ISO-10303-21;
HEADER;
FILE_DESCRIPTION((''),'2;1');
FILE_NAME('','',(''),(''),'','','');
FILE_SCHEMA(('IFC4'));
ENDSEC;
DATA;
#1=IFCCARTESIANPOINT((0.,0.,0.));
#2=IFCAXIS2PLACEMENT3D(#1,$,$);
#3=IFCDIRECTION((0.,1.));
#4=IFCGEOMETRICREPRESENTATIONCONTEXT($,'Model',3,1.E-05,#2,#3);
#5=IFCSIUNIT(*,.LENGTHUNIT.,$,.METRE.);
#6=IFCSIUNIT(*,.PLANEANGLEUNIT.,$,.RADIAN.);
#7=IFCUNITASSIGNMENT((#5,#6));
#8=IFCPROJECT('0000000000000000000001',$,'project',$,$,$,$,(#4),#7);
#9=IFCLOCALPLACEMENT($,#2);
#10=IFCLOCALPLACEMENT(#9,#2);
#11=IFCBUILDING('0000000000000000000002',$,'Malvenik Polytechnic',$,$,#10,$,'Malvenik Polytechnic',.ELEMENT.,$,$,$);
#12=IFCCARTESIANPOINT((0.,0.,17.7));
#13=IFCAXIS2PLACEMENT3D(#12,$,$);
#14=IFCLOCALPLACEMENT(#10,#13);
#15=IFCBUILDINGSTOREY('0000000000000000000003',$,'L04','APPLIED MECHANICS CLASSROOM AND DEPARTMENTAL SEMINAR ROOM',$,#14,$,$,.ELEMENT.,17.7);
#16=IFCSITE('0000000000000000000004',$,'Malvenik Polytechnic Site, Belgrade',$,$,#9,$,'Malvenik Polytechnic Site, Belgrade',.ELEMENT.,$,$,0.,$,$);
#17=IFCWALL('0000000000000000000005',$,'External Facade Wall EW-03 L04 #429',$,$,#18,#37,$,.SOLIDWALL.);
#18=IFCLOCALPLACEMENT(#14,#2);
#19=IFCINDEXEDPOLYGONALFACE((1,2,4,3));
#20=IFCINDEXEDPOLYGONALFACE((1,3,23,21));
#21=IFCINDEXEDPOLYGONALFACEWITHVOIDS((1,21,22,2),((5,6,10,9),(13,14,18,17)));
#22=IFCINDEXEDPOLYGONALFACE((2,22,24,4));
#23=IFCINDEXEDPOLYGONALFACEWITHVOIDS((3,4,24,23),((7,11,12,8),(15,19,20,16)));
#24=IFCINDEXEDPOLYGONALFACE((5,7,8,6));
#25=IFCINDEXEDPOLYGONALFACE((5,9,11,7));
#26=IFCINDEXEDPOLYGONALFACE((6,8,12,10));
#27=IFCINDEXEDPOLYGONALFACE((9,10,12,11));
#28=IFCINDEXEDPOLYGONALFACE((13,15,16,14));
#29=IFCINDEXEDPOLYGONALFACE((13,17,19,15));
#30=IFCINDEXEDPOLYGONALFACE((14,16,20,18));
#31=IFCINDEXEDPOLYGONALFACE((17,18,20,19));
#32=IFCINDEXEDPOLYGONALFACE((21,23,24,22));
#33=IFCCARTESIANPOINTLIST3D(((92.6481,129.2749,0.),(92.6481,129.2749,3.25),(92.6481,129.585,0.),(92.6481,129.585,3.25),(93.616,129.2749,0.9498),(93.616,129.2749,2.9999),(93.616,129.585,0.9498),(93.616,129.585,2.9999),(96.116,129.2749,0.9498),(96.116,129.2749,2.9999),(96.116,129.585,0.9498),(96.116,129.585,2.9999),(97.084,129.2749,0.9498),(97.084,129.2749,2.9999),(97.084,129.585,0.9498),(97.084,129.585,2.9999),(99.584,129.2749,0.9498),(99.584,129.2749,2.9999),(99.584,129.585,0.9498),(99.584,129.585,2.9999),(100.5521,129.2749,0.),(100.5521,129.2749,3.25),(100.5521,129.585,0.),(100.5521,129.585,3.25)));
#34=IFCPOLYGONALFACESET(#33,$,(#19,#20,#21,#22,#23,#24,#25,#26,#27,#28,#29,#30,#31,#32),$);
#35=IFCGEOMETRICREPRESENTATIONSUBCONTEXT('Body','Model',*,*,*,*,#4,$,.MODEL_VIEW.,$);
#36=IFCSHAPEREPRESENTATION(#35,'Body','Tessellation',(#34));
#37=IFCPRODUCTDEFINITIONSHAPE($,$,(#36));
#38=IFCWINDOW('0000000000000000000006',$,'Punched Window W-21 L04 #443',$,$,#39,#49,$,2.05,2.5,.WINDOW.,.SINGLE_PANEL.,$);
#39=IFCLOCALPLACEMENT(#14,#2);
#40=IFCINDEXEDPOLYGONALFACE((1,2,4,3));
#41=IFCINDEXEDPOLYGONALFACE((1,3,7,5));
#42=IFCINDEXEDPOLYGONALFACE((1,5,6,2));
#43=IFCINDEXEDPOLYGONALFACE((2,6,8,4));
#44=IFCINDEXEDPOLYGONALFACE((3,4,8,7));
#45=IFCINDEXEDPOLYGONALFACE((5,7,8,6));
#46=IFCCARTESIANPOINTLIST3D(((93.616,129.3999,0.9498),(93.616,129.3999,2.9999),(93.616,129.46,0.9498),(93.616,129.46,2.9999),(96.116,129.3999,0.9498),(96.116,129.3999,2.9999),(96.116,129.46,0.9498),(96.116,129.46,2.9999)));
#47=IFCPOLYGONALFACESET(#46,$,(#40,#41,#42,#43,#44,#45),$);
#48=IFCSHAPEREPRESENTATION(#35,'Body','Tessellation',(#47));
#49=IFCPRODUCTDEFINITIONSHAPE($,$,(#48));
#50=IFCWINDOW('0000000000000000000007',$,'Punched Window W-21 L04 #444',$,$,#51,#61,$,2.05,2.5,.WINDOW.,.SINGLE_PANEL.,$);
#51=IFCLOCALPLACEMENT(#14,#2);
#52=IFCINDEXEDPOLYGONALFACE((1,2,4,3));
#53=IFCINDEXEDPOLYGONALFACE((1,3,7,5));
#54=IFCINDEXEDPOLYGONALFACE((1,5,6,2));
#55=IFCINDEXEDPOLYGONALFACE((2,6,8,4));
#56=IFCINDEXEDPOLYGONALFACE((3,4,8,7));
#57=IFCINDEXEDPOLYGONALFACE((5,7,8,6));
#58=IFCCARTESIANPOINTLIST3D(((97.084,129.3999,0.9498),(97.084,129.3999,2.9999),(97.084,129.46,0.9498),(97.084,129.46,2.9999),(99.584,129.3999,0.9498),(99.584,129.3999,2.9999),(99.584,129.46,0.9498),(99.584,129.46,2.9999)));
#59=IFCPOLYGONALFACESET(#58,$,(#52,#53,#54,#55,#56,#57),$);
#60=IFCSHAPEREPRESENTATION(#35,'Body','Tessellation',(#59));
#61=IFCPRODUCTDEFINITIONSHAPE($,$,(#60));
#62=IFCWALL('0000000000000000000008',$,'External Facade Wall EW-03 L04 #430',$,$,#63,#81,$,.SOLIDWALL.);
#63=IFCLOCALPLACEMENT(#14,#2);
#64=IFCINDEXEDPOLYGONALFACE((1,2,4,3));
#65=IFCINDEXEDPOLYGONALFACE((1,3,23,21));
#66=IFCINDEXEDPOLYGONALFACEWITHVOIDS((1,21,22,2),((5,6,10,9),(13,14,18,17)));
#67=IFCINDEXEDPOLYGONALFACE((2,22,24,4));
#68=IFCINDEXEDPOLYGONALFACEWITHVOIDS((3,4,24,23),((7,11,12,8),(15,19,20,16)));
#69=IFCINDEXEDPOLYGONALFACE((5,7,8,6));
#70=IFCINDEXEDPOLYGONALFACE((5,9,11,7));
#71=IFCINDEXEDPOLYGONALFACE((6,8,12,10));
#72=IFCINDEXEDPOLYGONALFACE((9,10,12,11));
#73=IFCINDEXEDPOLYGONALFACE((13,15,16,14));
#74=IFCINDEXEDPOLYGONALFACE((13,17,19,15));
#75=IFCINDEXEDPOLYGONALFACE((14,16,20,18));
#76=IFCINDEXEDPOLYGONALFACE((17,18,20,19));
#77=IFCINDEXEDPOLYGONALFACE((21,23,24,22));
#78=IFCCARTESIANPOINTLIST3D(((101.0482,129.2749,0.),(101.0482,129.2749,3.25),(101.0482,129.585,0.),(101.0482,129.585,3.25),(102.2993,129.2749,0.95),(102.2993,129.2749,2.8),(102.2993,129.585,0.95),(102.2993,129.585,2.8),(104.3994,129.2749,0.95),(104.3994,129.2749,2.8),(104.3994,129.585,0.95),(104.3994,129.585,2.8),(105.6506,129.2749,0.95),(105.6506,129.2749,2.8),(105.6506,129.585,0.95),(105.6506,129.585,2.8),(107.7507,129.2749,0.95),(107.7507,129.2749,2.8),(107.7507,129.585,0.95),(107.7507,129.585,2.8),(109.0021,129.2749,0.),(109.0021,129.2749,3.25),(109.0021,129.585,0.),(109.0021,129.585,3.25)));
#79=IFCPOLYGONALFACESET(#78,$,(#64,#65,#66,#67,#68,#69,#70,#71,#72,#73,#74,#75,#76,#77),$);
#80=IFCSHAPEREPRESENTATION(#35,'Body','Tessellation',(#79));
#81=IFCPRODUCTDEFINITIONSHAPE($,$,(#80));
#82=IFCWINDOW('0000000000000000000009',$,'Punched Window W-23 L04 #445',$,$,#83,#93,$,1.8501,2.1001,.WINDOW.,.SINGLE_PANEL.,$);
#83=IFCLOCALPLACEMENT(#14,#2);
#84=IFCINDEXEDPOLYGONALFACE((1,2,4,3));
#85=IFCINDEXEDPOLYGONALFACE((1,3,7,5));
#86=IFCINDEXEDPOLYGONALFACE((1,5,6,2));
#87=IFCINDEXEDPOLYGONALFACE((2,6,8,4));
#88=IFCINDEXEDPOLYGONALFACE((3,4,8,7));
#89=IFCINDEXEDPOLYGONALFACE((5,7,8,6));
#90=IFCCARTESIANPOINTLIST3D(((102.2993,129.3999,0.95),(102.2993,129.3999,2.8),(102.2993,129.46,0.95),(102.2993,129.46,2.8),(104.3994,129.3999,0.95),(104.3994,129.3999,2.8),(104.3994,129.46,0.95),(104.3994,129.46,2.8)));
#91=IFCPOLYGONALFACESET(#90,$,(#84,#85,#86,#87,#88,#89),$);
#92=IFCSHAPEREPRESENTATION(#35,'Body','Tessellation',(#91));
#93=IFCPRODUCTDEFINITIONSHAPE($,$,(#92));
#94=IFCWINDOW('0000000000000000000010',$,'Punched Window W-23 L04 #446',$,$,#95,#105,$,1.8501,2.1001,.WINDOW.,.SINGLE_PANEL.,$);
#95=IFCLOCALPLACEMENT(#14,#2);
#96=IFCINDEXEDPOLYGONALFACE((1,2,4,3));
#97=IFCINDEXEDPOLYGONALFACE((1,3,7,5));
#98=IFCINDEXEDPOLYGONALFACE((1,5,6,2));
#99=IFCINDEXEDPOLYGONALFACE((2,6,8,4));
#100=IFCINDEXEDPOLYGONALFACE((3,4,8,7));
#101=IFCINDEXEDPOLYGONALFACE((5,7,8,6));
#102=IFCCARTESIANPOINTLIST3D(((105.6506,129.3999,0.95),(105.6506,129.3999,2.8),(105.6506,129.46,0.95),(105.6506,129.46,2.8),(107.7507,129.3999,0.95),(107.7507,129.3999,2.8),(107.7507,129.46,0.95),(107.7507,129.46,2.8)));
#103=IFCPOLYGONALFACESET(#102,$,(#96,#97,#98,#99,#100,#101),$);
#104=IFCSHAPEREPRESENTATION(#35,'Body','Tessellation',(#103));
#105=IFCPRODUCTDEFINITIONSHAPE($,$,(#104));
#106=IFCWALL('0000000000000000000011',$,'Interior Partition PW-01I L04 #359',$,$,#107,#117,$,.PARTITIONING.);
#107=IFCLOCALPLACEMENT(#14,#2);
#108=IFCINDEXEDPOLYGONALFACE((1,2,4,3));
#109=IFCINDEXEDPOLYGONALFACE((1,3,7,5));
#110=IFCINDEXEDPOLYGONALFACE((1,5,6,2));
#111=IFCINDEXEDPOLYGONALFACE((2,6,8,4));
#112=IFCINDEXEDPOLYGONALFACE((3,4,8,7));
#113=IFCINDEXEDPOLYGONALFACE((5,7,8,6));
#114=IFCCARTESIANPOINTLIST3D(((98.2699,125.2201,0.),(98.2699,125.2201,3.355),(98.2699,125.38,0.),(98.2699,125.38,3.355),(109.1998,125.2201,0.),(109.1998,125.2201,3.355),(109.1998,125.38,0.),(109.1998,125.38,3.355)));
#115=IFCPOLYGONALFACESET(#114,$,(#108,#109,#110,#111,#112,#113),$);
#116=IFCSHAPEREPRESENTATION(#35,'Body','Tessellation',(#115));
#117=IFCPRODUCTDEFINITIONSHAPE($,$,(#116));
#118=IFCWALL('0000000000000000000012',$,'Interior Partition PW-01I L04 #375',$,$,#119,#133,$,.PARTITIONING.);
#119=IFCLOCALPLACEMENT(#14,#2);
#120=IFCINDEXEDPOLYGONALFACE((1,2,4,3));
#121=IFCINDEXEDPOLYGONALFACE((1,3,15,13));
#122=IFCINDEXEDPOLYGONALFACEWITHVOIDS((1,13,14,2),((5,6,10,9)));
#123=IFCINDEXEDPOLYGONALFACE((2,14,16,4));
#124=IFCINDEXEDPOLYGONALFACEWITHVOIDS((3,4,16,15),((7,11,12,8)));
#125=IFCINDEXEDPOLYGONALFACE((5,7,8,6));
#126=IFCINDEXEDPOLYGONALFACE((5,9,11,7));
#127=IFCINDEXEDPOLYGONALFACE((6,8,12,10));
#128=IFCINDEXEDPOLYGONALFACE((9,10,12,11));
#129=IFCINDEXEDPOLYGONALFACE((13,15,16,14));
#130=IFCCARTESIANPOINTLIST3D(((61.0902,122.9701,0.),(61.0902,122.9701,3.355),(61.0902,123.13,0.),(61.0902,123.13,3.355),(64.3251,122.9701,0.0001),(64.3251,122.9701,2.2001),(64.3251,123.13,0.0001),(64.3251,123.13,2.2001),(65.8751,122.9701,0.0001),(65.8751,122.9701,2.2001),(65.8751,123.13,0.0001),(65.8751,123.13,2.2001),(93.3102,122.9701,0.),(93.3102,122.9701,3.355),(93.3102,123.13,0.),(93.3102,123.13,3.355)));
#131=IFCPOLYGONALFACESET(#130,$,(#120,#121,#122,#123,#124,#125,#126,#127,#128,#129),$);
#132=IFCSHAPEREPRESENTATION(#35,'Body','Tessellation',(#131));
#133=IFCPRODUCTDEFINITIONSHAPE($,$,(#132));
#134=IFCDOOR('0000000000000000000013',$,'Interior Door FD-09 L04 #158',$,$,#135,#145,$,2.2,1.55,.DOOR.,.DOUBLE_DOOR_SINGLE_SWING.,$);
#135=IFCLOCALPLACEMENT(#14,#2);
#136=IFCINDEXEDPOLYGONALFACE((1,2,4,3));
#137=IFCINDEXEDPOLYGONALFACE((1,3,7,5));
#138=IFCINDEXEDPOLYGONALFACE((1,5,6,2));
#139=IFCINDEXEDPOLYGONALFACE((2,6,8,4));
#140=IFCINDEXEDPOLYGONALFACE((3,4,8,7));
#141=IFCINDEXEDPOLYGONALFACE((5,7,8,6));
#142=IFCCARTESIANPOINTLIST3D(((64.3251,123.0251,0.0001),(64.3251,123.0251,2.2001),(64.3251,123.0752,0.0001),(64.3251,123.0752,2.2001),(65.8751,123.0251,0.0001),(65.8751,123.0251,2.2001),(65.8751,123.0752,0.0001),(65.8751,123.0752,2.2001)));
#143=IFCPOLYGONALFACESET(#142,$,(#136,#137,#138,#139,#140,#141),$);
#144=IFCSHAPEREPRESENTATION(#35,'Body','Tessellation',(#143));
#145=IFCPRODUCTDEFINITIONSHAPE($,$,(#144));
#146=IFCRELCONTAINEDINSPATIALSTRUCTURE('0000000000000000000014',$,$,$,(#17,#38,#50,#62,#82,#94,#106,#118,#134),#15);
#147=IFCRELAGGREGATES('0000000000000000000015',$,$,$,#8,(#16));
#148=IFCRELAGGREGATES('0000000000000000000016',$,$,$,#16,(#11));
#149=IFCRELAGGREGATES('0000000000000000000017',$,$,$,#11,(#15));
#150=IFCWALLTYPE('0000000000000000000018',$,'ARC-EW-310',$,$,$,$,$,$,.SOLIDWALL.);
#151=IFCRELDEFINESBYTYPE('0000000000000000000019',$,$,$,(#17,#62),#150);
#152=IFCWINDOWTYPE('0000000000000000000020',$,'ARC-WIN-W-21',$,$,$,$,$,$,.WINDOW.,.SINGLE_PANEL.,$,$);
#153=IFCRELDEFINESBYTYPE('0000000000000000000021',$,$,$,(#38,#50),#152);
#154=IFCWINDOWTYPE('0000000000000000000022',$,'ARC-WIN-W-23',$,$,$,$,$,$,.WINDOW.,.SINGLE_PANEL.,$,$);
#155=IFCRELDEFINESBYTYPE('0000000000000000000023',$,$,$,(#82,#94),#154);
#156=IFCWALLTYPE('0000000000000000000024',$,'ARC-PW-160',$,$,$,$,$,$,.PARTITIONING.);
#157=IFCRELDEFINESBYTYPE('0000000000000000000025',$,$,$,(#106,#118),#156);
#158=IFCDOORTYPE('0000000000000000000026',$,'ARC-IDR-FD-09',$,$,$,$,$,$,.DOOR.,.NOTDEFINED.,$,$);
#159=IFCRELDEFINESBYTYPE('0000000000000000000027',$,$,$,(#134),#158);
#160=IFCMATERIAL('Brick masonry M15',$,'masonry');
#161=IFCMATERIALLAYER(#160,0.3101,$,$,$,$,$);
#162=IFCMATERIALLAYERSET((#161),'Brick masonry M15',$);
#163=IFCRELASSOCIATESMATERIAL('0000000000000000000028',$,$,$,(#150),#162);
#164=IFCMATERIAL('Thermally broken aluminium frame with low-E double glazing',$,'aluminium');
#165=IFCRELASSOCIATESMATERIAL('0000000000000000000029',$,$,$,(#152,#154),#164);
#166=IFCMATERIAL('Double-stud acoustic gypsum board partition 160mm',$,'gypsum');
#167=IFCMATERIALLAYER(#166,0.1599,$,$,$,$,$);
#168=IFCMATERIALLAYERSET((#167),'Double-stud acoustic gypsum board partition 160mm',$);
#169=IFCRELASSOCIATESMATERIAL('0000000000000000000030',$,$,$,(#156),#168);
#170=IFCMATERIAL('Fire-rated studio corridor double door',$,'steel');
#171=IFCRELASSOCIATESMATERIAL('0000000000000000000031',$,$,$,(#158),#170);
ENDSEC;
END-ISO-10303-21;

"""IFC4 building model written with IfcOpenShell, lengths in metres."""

from ifc_helpers import new_model, si_unit, direction, frame, frame_2d, origin, place, context, subcontext, project, spatial, rectangle, extrude, material, layer, layer_set, type_object, element, fill, save


model = new_model("IFC4")

# Units and contexts
model_context = context("Model", 3, precision=1e-05, world=origin(), true_north=direction((0.0, 1.0)))
body_context = subcontext(model_context, "Body", "Model", "MODEL_VIEW")
ifc_project = project(units=[si_unit("LENGTHUNIT", "METRE"), si_unit("PLANEANGLEUNIT", "RADIAN")], contexts=[model_context])

# Site, building, storey
site_placement = place(None, origin())
site = spatial("IfcSite", under=ifc_project, at=site_placement, Name="Malvenik Polytechnic Site, Belgrade", LongName="Malvenik Polytechnic Site, Belgrade", CompositionType="ELEMENT", RefElevation=0.0)
building_placement = place(site_placement, origin())
building = spatial("IfcBuilding", under=site, at=building_placement, Name="Malvenik Polytechnic", LongName="Malvenik Polytechnic", CompositionType="ELEMENT")
storey_placement = place(building_placement, frame((0.0, 0.0, 17.7)))
storey = spatial("IfcBuildingStorey", under=building, at=storey_placement, Name="L04", Description="APPLIED MECHANICS CLASSROOM AND DEPARTMENTAL SEMINAR ROOM", CompositionType="ELEMENT", Elevation=17.7)

# Walls, openings, windows
ifc_material_1 = material(Name="Brick masonry M15", Category="masonry")
ifc_layer_1 = layer(ifc_material_1, 0.3101)
ifc_layer_set_1 = layer_set([ifc_layer_1], Name="Brick masonry M15")
wall_type_1 = type_object("IfcWallType", Name="ARC-EW-310", PredefinedType="SOLIDWALL", material=ifc_layer_set_1)
wall_1_placement = place(storey_placement, frame((92.6479, 129.4299, 0.0), z_axis=(0.0, 0.0, 1.0), x_axis=(1.0, 0.0, 0.0)))
wall_1 = element("IfcWall", 1, at=wall_1_placement, inside=storey, type_object=wall_type_1, Name="External Facade Wall EW-03 L04 #429", PredefinedType="SOLIDWALL", context=body_context, shape_type="SweptSolid", body=[
    extrude(rectangle(XDim=7.9041, YDim=0.3101, at=frame_2d((3.9521, 0.0))), origin(), (0.0, 0.0, 1.0), 3.25),
])
opening_1_placement = place(wall_1_placement, frame((0.968, 0.0, 0.95)))
opening_1 = element("IfcOpeningElement", 2, at=opening_1_placement, cuts=wall_1, PredefinedType="OPENING", context=body_context, shape_type="SweptSolid", body=[
    extrude(rectangle(XDim=2.5, YDim=2.05, at=frame_2d((1.25, 1.0249))), frame((0.0, 0.165, 0.0), z_axis=(0.0, -1.0, 0.0), x_axis=(1.0, 0.0, 0.0)), (0.0, 0.0, 1.0), 0.3301),
])
opening_2_placement = place(wall_1_placement, frame((4.436, 0.0, 0.95)))
opening_2 = element("IfcOpeningElement", 3, at=opening_2_placement, cuts=wall_1, PredefinedType="OPENING", context=body_context, shape_type="SweptSolid", body=[
    extrude(rectangle(XDim=2.5, YDim=2.05, at=frame_2d((1.25, 1.0249))), frame((0.0, 0.165, 0.0), z_axis=(0.0, -1.0, 0.0), x_axis=(1.0, 0.0, 0.0)), (0.0, 0.0, 1.0), 0.3301),
])
ifc_material_2 = material(Name="Thermally broken aluminium frame with low-E double glazing", Category="aluminium")
window_type_1 = type_object("IfcWindowType", Name="ARC-WIN-W-21", PartitioningType="SINGLE_PANEL", PredefinedType="WINDOW", material=ifc_material_2)
window_1_placement = place(opening_1_placement, origin())
window_1 = element("IfcWindow", 4, at=window_1_placement, inside=storey, type_object=window_type_1, Name="Punched Window W-21 L04 #443", OverallHeight=2.05, OverallWidth=2.5, PartitioningType="SINGLE_PANEL", PredefinedType="WINDOW", context=body_context, shape_type="SweptSolid", body=[
    extrude(rectangle(XDim=2.5, YDim=2.05, at=frame_2d((1.25, 1.0249))), frame((0.0, 0.03, 0.0), z_axis=(0.0, -1.0, 0.0), x_axis=(1.0, 0.0, 0.0)), (0.0, 0.0, 1.0), 0.0601),
])
fill(opening_1, window_1)
window_2_placement = place(opening_2_placement, origin())
window_2 = element("IfcWindow", 5, at=window_2_placement, inside=storey, type_object=window_type_1, Name="Punched Window W-21 L04 #444", OverallHeight=2.05, OverallWidth=2.5, PartitioningType="SINGLE_PANEL", PredefinedType="WINDOW", context=body_context, shape_type="SweptSolid", body=[
    extrude(rectangle(XDim=2.5, YDim=2.05, at=frame_2d((1.25, 1.0249))), frame((0.0, 0.03, 0.0), z_axis=(0.0, -1.0, 0.0), x_axis=(1.0, 0.0, 0.0)), (0.0, 0.0, 1.0), 0.0601),
])
fill(opening_2, window_2)
wall_2_placement = place(storey_placement, frame((101.0481, 129.4299, 0.0), z_axis=(0.0, 0.0, 1.0), x_axis=(1.0, 0.0, 0.0)))
wall_2 = element("IfcWall", 6, at=wall_2_placement, inside=storey, type_object=wall_type_1, Name="External Facade Wall EW-03 L04 #430", PredefinedType="SOLIDWALL", context=body_context, shape_type="SweptSolid", body=[
    extrude(rectangle(XDim=7.9539, YDim=0.3101, at=frame_2d((3.9771, 0.0))), origin(), (0.0, 0.0, 1.0), 3.25),
])
opening_3_placement = place(wall_2_placement, frame((1.2512, 0.0, 0.95)))
opening_3 = element("IfcOpeningElement", 7, at=opening_3_placement, cuts=wall_2, PredefinedType="OPENING", context=body_context, shape_type="SweptSolid", body=[
    extrude(rectangle(XDim=2.1001, YDim=1.8501, at=frame_2d((1.05, 0.925))), frame((0.0, 0.165, 0.0), z_axis=(0.0, -1.0, 0.0), x_axis=(1.0, 0.0, 0.0)), (0.0, 0.0, 1.0), 0.3301),
])
opening_4_placement = place(wall_2_placement, frame((4.6025, 0.0, 0.95)))
opening_4 = element("IfcOpeningElement", 8, at=opening_4_placement, cuts=wall_2, PredefinedType="OPENING", context=body_context, shape_type="SweptSolid", body=[
    extrude(rectangle(XDim=2.1001, YDim=1.8501, at=frame_2d((1.05, 0.925))), frame((0.0, 0.165, 0.0), z_axis=(0.0, -1.0, 0.0), x_axis=(1.0, 0.0, 0.0)), (0.0, 0.0, 1.0), 0.3301),
])
window_type_2 = type_object("IfcWindowType", Name="ARC-WIN-W-23", PartitioningType="SINGLE_PANEL", PredefinedType="WINDOW", material=ifc_material_2)
window_3_placement = place(opening_3_placement, origin())
window_3 = element("IfcWindow", 9, at=window_3_placement, inside=storey, type_object=window_type_2, Name="Punched Window W-23 L04 #445", OverallHeight=1.8501, OverallWidth=2.1001, PartitioningType="SINGLE_PANEL", PredefinedType="WINDOW", context=body_context, shape_type="SweptSolid", body=[
    extrude(rectangle(XDim=2.1001, YDim=1.8501, at=frame_2d((1.05, 0.925))), frame((0.0, 0.03, 0.0), z_axis=(0.0, -1.0, 0.0), x_axis=(1.0, 0.0, 0.0)), (0.0, 0.0, 1.0), 0.0601),
])
fill(opening_3, window_3)
window_4_placement = place(opening_4_placement, origin())
window_4 = element("IfcWindow", 10, at=window_4_placement, inside=storey, type_object=window_type_2, Name="Punched Window W-23 L04 #446", OverallHeight=1.8501, OverallWidth=2.1001, PartitioningType="SINGLE_PANEL", PredefinedType="WINDOW", context=body_context, shape_type="SweptSolid", body=[
    extrude(rectangle(XDim=2.1001, YDim=1.8501, at=frame_2d((1.05, 0.925))), frame((0.0, 0.03, 0.0), z_axis=(0.0, -1.0, 0.0), x_axis=(1.0, 0.0, 0.0)), (0.0, 0.0, 1.0), 0.0601),
])
fill(opening_4, window_4)

# Wall
ifc_material_3 = material(Name="Double-stud acoustic gypsum board partition 160mm", Category="gypsum")
ifc_layer_2 = layer(ifc_material_3, 0.1599)
ifc_layer_set_2 = layer_set([ifc_layer_2], Name="Double-stud acoustic gypsum board partition 160mm")
wall_type_2 = type_object("IfcWallType", Name="ARC-PW-160", PredefinedType="PARTITIONING", material=ifc_layer_set_2)
wall_3_placement = place(storey_placement, frame((98.27, 125.3, 0.0), z_axis=(0.0, 0.0, 1.0), x_axis=(1.0, 0.0, 0.0)))
element("IfcWall", 11, at=wall_3_placement, inside=storey, type_object=wall_type_2, Name="Interior Partition PW-01I L04 #359", PredefinedType="PARTITIONING", context=body_context, shape_type="SweptSolid", body=[
    extrude(rectangle(XDim=10.9299, YDim=0.1599, at=frame_2d((5.4648, 0.0))), origin(), (0.0, 0.0, 1.0), 3.355),
])

# Wall, opening, door
wall_4_placement = place(storey_placement, frame((93.3101, 123.05, 0.0), z_axis=(0.0, 0.0, 1.0), x_axis=(-1.0, 0.0, 0.0)))
wall_4 = element("IfcWall", 12, at=wall_4_placement, inside=storey, type_object=wall_type_2, Name="Interior Partition PW-01I L04 #375", PredefinedType="PARTITIONING", context=body_context, shape_type="SweptSolid", body=[
    extrude(rectangle(XDim=32.22, YDim=0.1599, at=frame_2d((16.1099, 0.0))), origin(), (0.0, 0.0, 1.0), 3.355),
])
opening_5_placement = place(wall_4_placement, frame((27.4351, 0.0, 0.0)))
opening_5 = element("IfcOpeningElement", 13, at=opening_5_placement, cuts=wall_4, PredefinedType="OPENING", context=body_context, shape_type="SweptSolid", body=[
    extrude(rectangle(XDim=1.55, YDim=2.2, at=frame_2d((0.7749, 1.1001))), frame((0.0, 0.0898, 0.0), z_axis=(0.0, -1.0, 0.0), x_axis=(1.0, 0.0, 0.0)), (0.0, 0.0, 1.0), 0.1799),
])
ifc_material_4 = material(Name="Fire-rated studio corridor double door", Category="steel")
door_type_1 = type_object("IfcDoorType", Name="ARC-IDR-FD-09", OperationType="NOTDEFINED", PredefinedType="DOOR", material=ifc_material_4)
door_1_placement = place(opening_5_placement, origin())
door_1 = element("IfcDoor", 14, at=door_1_placement, inside=storey, type_object=door_type_1, Name="Interior Door FD-09 L04 #158", OperationType="DOUBLE_DOOR_SINGLE_SWING", OverallHeight=2.2, OverallWidth=1.55, PredefinedType="DOOR", context=body_context, shape_type="SweptSolid", body=[
    extrude(rectangle(XDim=1.55, YDim=2.2, at=frame_2d((0.7749, 1.1001))), frame((0.0, 0.0249, 0.0), z_axis=(0.0, -1.0, 0.0), x_axis=(1.0, 0.0, 0.0)), (0.0, 0.0, 1.0), 0.05),
])
fill(opening_5, door_1)

save(model, "model.ifc")
